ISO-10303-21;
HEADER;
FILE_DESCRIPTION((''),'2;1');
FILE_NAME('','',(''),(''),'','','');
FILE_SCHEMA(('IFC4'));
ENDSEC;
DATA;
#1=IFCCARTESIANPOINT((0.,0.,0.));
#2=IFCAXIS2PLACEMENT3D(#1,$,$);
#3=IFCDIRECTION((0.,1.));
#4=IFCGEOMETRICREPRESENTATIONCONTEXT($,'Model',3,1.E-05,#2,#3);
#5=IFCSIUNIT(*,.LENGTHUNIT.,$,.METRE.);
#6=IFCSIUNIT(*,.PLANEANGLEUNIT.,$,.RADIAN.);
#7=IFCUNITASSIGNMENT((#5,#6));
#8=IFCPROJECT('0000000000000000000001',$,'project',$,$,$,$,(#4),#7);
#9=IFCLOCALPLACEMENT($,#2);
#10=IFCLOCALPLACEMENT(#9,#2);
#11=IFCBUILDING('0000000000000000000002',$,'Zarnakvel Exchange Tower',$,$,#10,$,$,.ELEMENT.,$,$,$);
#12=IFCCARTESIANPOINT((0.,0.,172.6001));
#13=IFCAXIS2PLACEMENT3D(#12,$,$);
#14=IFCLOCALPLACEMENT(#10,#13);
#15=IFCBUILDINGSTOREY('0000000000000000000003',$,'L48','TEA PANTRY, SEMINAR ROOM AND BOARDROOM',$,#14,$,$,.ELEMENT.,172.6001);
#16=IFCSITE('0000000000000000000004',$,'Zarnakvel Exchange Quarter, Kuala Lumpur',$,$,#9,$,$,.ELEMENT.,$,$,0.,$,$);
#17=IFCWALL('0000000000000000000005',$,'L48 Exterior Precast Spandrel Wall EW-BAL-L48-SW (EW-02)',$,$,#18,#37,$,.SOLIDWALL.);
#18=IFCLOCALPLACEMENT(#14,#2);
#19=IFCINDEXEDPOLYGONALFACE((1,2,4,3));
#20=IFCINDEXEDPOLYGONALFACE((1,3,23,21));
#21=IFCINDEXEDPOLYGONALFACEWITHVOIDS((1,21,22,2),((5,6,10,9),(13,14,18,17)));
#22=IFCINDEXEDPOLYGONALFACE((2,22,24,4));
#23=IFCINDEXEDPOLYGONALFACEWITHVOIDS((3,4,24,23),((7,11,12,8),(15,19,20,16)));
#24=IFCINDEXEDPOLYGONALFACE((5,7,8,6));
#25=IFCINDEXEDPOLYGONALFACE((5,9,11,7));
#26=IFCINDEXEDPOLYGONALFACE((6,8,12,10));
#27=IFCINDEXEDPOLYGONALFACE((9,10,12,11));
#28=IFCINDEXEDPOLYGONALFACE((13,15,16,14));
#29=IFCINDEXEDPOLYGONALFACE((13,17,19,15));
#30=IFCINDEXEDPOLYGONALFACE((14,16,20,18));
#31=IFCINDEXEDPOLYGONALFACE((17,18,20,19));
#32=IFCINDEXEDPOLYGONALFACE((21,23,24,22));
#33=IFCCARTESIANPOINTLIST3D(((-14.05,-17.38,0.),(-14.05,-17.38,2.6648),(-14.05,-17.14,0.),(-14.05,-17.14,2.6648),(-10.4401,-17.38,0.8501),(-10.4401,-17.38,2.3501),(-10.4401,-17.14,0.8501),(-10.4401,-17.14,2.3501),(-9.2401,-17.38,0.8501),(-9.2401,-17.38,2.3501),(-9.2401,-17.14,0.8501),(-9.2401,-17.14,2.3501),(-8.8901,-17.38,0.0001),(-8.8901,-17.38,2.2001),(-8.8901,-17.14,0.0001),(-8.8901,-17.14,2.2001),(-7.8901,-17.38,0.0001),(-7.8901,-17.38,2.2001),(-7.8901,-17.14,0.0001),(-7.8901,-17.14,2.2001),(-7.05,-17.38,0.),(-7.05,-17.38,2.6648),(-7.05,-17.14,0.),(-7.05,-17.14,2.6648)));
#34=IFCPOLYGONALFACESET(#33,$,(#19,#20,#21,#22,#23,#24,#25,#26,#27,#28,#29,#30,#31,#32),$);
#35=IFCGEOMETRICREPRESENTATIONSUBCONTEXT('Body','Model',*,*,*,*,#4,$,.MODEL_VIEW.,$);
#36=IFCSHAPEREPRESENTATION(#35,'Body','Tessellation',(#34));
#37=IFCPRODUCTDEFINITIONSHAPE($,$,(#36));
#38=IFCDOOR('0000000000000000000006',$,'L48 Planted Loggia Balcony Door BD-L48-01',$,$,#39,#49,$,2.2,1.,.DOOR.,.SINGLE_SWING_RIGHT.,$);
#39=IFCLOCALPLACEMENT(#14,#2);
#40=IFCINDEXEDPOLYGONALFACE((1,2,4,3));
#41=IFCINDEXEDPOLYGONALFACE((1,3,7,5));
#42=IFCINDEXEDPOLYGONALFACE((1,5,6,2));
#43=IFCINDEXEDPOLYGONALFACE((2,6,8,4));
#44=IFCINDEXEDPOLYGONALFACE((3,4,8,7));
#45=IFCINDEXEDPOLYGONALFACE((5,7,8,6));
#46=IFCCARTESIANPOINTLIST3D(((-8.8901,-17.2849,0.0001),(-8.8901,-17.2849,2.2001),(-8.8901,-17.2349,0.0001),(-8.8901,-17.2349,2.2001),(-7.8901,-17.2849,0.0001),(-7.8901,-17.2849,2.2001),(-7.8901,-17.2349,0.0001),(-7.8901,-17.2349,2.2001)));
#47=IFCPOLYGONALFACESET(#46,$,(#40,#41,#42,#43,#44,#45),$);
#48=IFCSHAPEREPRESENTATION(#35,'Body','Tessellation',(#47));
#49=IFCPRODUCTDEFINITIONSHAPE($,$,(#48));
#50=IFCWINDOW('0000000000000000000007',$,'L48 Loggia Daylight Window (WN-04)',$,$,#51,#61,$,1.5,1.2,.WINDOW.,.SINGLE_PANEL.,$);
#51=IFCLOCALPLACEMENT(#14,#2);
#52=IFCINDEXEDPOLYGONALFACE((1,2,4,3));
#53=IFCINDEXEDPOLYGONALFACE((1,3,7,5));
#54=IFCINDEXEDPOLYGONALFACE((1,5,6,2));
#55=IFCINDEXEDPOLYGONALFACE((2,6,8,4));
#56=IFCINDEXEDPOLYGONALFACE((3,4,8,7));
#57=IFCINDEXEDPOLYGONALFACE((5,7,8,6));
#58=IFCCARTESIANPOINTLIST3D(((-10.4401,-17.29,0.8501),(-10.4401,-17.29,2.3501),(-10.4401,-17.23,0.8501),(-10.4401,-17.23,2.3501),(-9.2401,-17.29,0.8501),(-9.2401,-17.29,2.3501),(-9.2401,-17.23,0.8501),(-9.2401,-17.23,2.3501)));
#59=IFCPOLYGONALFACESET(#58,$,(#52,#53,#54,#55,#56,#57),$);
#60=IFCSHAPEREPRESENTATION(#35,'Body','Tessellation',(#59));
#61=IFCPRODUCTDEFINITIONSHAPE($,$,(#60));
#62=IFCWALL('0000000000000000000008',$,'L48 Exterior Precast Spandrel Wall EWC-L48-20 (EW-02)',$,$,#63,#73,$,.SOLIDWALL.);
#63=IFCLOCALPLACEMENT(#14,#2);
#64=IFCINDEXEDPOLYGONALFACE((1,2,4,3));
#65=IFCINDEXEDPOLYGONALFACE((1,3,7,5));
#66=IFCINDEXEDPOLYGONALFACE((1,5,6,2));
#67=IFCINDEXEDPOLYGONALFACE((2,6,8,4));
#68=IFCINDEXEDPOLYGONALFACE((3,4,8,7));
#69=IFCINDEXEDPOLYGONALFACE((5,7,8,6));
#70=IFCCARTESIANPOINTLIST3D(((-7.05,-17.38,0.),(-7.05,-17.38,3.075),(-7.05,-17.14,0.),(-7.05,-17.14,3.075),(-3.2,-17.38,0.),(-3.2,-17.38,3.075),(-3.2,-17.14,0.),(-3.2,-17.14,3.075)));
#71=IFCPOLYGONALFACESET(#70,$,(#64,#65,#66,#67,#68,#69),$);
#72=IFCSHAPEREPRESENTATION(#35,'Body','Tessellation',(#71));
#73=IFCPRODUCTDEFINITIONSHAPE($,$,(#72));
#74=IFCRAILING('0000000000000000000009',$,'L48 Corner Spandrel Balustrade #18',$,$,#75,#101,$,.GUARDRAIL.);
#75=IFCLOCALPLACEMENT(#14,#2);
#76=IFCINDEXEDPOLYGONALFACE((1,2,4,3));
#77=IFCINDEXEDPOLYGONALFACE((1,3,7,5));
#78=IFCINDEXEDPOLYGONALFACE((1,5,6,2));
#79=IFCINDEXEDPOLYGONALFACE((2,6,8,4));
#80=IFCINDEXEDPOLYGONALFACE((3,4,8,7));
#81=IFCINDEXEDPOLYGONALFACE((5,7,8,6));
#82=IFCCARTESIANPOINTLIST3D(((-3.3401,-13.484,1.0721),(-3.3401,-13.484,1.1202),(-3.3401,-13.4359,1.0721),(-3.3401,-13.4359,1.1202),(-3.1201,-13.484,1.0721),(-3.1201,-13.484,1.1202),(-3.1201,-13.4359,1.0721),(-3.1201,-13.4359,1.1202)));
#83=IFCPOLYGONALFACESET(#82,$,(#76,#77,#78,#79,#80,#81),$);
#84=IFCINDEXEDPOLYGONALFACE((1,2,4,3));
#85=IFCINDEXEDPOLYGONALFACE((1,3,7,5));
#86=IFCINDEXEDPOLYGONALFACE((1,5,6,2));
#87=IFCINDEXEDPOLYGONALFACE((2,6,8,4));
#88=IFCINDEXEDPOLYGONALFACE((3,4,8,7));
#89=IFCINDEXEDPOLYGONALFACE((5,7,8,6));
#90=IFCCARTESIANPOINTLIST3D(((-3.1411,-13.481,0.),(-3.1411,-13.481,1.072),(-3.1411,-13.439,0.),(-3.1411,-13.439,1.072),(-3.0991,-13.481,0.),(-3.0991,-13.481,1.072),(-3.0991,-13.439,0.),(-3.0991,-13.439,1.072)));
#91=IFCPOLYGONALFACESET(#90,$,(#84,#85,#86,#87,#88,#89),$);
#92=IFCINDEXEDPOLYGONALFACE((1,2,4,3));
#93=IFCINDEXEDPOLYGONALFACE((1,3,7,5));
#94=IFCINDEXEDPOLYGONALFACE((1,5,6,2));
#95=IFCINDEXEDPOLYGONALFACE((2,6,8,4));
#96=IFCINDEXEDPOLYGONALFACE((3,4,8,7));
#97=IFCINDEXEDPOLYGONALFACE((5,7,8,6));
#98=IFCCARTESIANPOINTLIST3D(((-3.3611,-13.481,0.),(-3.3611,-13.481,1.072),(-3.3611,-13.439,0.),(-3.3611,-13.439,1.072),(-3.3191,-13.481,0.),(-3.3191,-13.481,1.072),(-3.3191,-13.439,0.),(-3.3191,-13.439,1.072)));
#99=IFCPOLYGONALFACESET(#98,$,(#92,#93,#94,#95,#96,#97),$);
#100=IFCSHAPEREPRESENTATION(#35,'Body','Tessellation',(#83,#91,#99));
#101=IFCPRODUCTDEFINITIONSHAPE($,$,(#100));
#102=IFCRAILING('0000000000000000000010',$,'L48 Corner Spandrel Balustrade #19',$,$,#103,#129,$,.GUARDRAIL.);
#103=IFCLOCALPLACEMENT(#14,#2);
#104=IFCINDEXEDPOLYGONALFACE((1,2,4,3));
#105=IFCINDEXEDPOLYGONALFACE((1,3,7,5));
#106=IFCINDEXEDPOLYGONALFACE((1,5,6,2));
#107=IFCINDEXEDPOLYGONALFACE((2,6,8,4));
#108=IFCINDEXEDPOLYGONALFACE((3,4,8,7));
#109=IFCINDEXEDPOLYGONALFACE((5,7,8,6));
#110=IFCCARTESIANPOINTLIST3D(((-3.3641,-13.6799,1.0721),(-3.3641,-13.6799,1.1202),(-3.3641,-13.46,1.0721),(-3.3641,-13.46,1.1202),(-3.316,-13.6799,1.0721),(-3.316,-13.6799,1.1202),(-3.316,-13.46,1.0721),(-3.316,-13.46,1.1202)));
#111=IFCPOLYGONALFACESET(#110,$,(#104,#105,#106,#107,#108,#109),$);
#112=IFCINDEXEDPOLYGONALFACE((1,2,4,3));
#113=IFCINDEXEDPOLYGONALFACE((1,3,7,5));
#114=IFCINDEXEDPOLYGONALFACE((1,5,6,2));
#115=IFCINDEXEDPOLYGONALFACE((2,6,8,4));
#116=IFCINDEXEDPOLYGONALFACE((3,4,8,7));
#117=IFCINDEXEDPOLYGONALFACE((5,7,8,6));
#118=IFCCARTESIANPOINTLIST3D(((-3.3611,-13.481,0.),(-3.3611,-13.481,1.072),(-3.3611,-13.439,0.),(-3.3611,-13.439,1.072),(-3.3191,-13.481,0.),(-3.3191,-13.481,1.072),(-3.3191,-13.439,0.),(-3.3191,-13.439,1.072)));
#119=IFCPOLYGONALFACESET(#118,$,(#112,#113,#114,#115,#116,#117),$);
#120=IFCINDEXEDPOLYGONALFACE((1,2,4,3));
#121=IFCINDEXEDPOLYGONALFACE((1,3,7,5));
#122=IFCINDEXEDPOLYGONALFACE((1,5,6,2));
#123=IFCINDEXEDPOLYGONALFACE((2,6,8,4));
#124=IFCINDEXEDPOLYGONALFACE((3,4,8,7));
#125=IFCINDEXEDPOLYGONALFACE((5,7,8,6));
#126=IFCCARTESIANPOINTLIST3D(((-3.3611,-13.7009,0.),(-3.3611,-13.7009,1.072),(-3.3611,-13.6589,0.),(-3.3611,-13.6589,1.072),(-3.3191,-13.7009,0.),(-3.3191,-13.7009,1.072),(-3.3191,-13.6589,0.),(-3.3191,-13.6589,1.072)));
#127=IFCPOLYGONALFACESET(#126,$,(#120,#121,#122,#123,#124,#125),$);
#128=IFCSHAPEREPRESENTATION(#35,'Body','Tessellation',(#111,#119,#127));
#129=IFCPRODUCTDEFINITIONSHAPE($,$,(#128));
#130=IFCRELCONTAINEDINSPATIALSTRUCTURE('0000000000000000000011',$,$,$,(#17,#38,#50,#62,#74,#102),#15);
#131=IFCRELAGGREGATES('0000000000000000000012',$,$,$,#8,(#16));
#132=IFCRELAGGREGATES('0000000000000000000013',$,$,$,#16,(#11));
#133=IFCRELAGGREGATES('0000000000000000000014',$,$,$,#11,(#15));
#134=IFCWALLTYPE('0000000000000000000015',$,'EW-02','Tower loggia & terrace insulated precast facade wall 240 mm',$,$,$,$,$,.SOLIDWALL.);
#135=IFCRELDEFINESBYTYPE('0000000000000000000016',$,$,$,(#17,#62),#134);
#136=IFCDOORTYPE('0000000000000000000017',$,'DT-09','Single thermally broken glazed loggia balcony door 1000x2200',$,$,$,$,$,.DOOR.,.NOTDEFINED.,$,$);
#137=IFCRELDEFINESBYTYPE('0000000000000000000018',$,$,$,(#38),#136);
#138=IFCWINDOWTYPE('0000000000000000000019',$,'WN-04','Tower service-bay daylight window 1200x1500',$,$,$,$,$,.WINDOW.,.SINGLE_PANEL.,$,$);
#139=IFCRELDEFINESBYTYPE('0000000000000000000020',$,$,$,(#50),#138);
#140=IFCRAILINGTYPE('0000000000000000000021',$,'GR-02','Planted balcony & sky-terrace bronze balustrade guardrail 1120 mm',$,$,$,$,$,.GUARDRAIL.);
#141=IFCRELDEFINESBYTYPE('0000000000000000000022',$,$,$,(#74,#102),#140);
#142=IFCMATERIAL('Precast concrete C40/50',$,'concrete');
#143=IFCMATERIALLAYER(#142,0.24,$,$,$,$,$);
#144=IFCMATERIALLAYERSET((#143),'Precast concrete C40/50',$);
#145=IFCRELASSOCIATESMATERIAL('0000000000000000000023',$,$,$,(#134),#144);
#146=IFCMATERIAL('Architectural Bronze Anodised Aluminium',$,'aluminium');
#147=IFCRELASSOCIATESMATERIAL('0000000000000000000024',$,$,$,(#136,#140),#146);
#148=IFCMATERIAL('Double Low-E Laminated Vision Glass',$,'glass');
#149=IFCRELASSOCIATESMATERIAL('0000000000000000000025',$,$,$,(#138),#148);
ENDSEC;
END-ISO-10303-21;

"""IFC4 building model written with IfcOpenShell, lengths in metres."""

from ifc_helpers import new_model, si_unit, direction, frame, frame_2d, origin, origin_2d, place, context, subcontext, project, spatial, rectangle, extrude, source, transform, mapped, material, layer, layer_set, type_object, element, fill, save


model = new_model("IFC4")

# Units and contexts
model_context = context("Model", 3, precision=1e-05, world=origin(), true_north=direction((0.0, 1.0)))
body_context = subcontext(model_context, "Body", "Model", "MODEL_VIEW")
ifc_project = project(units=[si_unit("LENGTHUNIT", "METRE"), si_unit("PLANEANGLEUNIT", "RADIAN")], contexts=[model_context])

# Site, building, storey
site_placement = place(None, origin())
site = spatial("IfcSite", under=ifc_project, at=site_placement, Name="Zarnakvel Exchange Quarter, Kuala Lumpur", CompositionType="ELEMENT", RefElevation=0.0)
building_placement = place(site_placement, origin())
building = spatial("IfcBuilding", under=site, at=building_placement, Name="Zarnakvel Exchange Tower", CompositionType="ELEMENT")
storey_placement = place(building_placement, frame((0.0, 0.0, 172.6001)))
storey = spatial("IfcBuildingStorey", under=building, at=storey_placement, Name="L48", Description="TEA PANTRY, SEMINAR ROOM AND BOARDROOM", CompositionType="ELEMENT", Elevation=172.6001)

# Shared definitions
ifc_material_1 = material(Name="Architectural Bronze Anodised Aluminium", Category="aluminium")

# Shared definitions
ifc_material_2 = material(Name="Double Low-E Laminated Vision Glass", Category="glass")

# Wall, openings, door, window
ifc_material_3 = material(Name="Precast concrete C40/50", Category="concrete")
ifc_layer_1 = layer(ifc_material_3, 0.24)
ifc_layer_set_1 = layer_set([ifc_layer_1], Name="Precast concrete C40/50")
wall_type = type_object("IfcWallType", Name="EW-02", Description="Tower loggia & terrace insulated precast facade wall 240 mm", PredefinedType="SOLIDWALL", material=ifc_layer_set_1)
wall_1_placement = place(storey_placement, frame((-7.05, -17.26, 0.0), z_axis=(0.0, 0.0, 1.0), x_axis=(-1.0, 0.0, 0.0)))
wall_1 = element("IfcWall", 1, at=wall_1_placement, inside=storey, type_object=wall_type, Name="L48 Exterior Precast Spandrel Wall EW-BAL-L48-SW (EW-02)", PredefinedType="SOLIDWALL", context=body_context, shape_type="SweptSolid", body=[
    extrude(rectangle(XDim=7.0, YDim=0.24, at=frame_2d((3.5, 0.0))), origin(), (0.0, 0.0, 1.0), 2.6648),
])
opening_1_placement = place(wall_1_placement, frame((0.8401, 0.0, 0.0)))
opening_1 = element("IfcOpeningElement", 2, at=opening_1_placement, cuts=wall_1, PredefinedType="OPENING", context=body_context, shape_type="SweptSolid", body=[
    extrude(rectangle(XDim=1.0, YDim=2.2, at=frame_2d((0.5, 1.1001))), frame((0.0, 0.1299, 0.0), z_axis=(0.0, -1.0, 0.0), x_axis=(1.0, 0.0, 0.0)), (0.0, 0.0, 1.0), 0.26),
])
opening_2_placement = place(wall_1_placement, frame((2.1899, 0.0, 0.8501)))
opening_2 = element("IfcOpeningElement", 3, at=opening_2_placement, cuts=wall_1, PredefinedType="OPENING", context=body_context, shape_type="SweptSolid", body=[
    extrude(rectangle(XDim=1.2, YDim=1.5, at=frame_2d((0.6001, 0.75))), frame((0.0, 0.1299, 0.0), z_axis=(0.0, -1.0, 0.0), x_axis=(1.0, 0.0, 0.0)), (0.0, 0.0, 1.0), 0.26),
])
door_type = type_object("IfcDoorType", Name="DT-09", Description="Single thermally broken glazed loggia balcony door 1000x2200", OperationType="NOTDEFINED", PredefinedType="DOOR", material=ifc_material_1)
shared_shape_1 = source(origin(), body_context, "Body", "SweptSolid", [
    extrude(rectangle(XDim=1.0, YDim=2.2, at=frame_2d((0.5, 1.1001))), frame((0.0, 0.0249, 0.0), z_axis=(0.0, -1.0, 0.0), x_axis=(1.0, 0.0, 0.0)), (0.0, 0.0, 1.0), 0.05),
])
door_placement = place(opening_1_placement, origin())
door = element("IfcDoor", 4, at=door_placement, inside=storey, type_object=door_type, Name="L48 Planted Loggia Balcony Door BD-L48-01", OperationType="SINGLE_SWING_RIGHT", OverallHeight=2.2, OverallWidth=1.0, PredefinedType="DOOR", context=body_context, shape_type="MappedRepresentation", body=[
    mapped(shared_shape_1, transform((0.0, 0.0, 0.0), x_axis=(1.0, 0.0, 0.0), y_axis=(0.0, 1.0, 0.0), z_axis=(0.0, 0.0, 1.0), scale=1.0)),
])
fill(opening_1, door)
window_type = type_object("IfcWindowType", Name="WN-04", Description="Tower service-bay daylight window 1200x1500", PartitioningType="SINGLE_PANEL", PredefinedType="WINDOW", material=ifc_material_2)
shared_shape_2 = source(origin(), body_context, "Body", "SweptSolid", [
    extrude(rectangle(XDim=1.2, YDim=1.5, at=frame_2d((0.6001, 0.75))), frame((0.0, 0.03, 0.0), z_axis=(0.0, -1.0, 0.0), x_axis=(1.0, 0.0, 0.0)), (0.0, 0.0, 1.0), 0.0601),
])
window_placement = place(opening_2_placement, origin())
window = element("IfcWindow", 5, at=window_placement, inside=storey, type_object=window_type, Name="L48 Loggia Daylight Window (WN-04)", OverallHeight=1.5, OverallWidth=1.2, PartitioningType="SINGLE_PANEL", PredefinedType="WINDOW", context=body_context, shape_type="MappedRepresentation", body=[
    mapped(shared_shape_2, transform((0.0, 0.0, 0.0), x_axis=(1.0, 0.0, 0.0), y_axis=(0.0, 1.0, 0.0), z_axis=(0.0, 0.0, 1.0), scale=1.0)),
])
fill(opening_2, window)

# Wall
wall_2_placement = place(storey_placement, frame((-7.05, -17.26, 0.0), z_axis=(0.0, 0.0, 1.0), x_axis=(1.0, 0.0, 0.0)))
element("IfcWall", 6, at=wall_2_placement, inside=storey, type_object=wall_type, Name="L48 Exterior Precast Spandrel Wall EWC-L48-20 (EW-02)", PredefinedType="SOLIDWALL", context=body_context, shape_type="SweptSolid", body=[
    extrude(rectangle(XDim=3.8501, YDim=0.24, at=frame_2d((1.925, 0.0))), origin(), (0.0, 0.0, 1.0), 3.075),
])

# Railings
railing_type_1 = type_object("IfcRailingType", Name="GR-02", Description="Planted balcony & sky-terrace bronze balustrade guardrail 1120 mm", PredefinedType="GUARDRAIL", material=ifc_material_1)
railing_1_placement = place(storey_placement, frame((-3.1201, -13.46, 0.0)))
element("IfcRailing", 7, at=railing_1_placement, inside=storey, type_object=railing_type_1, Name="L48 Corner Spandrel Balustrade #18", PredefinedType="GUARDRAIL", context=body_context, shape_type="SweptSolid", body=[
    extrude(rectangle(XDim=0.0481, YDim=0.0481, at=origin_2d()), frame((0.0, 0.0, 1.0962), z_axis=(-1.0, 0.0, 0.0), x_axis=(0.0, -1.0, 0.0)), (0.0, 0.0, 1.0), 0.22),
    extrude(rectangle(XDim=0.042, YDim=0.042, at=origin_2d()), origin(), (0.0, 0.0, 1.0), 1.072),
    extrude(rectangle(XDim=0.042, YDim=0.042, at=origin_2d()), frame((-0.22, 0.0, 0.0)), (0.0, 0.0, 1.0), 1.072),
])
railing_2_placement = place(storey_placement, frame((-3.3401, -13.46, 0.0)))
element("IfcRailing", 8, at=railing_2_placement, inside=storey, type_object=railing_type_1, Name="L48 Corner Spandrel Balustrade #19", PredefinedType="GUARDRAIL", context=body_context, shape_type="SweptSolid", body=[
    extrude(rectangle(XDim=0.0481, YDim=0.0481, at=origin_2d()), frame((0.0, 0.0, 1.0962), z_axis=(0.0, -1.0, 0.0), x_axis=(1.0, 0.0, 0.0)), (0.0, 0.0, 1.0), 0.22),
    extrude(rectangle(XDim=0.042, YDim=0.042, at=origin_2d()), origin(), (0.0, 0.0, 1.0), 1.072),
    extrude(rectangle(XDim=0.042, YDim=0.042, at=origin_2d()), frame((0.0, -0.22, 0.0)), (0.0, 0.0, 1.0), 1.072),
])

save(model, "model.ifc")
